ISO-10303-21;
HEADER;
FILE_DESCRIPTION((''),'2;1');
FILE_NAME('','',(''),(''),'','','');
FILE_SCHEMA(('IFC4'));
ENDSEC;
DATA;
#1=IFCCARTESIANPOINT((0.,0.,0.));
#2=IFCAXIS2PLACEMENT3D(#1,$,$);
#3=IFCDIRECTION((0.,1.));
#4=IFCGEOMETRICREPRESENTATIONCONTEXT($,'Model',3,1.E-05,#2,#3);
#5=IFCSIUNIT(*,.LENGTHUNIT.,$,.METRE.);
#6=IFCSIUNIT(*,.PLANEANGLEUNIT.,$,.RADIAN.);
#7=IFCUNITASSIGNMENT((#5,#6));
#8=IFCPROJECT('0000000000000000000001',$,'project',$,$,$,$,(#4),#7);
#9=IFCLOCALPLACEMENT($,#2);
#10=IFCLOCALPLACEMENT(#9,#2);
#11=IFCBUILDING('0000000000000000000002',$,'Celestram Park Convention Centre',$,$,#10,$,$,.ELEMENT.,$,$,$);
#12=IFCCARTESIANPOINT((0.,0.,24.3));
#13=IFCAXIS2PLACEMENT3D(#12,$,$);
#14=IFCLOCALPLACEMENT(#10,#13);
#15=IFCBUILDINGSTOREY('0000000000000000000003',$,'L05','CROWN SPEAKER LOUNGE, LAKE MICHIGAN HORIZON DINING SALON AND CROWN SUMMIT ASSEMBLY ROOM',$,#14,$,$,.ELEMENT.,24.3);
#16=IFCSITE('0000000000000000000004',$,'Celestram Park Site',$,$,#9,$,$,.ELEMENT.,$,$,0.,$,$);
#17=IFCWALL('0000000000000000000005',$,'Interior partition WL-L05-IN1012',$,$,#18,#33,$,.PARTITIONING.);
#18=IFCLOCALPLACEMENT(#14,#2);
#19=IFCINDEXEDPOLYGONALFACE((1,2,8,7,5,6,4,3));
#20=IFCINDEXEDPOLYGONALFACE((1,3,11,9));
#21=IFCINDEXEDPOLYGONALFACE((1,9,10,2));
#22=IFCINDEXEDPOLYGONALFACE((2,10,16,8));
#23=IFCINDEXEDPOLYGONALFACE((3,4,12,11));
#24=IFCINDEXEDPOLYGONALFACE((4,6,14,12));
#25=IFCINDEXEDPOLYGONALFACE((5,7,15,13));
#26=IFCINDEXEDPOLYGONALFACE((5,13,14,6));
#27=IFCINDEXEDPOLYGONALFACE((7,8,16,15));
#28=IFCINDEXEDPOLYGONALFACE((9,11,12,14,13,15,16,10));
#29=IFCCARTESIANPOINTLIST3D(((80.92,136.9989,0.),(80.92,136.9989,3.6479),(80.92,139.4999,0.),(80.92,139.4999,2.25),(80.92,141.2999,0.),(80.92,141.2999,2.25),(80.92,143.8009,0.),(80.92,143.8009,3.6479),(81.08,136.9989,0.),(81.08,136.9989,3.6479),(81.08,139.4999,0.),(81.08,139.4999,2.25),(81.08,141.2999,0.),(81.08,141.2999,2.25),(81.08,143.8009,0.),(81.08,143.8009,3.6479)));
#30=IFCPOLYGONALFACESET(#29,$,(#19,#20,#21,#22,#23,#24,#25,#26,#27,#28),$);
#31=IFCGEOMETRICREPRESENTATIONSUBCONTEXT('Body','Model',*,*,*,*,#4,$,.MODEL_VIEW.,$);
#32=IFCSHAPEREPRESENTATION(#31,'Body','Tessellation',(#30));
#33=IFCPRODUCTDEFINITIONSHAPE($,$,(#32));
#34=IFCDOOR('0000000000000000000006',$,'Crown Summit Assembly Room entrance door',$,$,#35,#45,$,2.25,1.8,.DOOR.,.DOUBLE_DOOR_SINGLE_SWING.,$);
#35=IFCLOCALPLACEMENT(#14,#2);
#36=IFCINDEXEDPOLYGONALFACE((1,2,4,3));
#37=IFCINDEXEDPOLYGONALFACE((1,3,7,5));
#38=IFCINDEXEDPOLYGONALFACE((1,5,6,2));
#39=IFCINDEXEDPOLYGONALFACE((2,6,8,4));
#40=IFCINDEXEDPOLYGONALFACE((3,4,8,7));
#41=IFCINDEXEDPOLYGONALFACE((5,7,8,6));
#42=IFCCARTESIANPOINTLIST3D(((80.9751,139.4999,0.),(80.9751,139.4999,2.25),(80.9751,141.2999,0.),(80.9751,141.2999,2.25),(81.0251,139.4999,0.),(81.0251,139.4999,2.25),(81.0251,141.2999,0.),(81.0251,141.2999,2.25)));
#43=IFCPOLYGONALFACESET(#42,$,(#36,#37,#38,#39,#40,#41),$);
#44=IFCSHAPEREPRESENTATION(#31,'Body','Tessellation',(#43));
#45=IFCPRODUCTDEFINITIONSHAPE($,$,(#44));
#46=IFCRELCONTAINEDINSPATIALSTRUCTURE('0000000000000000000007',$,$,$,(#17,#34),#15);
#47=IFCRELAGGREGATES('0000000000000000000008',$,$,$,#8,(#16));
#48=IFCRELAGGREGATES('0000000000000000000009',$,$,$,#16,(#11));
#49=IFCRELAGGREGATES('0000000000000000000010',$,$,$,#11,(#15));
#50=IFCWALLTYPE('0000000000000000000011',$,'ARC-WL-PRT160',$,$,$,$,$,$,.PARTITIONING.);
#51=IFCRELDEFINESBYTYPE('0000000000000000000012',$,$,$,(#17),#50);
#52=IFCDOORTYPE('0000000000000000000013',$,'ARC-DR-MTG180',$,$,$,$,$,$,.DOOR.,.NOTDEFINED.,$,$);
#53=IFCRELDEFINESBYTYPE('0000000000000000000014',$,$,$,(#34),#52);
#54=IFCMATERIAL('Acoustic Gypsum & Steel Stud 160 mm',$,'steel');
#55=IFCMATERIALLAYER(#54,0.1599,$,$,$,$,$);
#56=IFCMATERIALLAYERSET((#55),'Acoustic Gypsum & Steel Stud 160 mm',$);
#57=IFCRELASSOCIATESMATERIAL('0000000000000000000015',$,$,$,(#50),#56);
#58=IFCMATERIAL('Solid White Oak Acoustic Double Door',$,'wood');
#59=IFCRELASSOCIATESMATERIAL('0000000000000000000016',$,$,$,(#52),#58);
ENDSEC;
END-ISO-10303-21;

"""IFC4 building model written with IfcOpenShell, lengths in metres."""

from ifc_helpers import new_model, si_unit, direction, frame, frame_2d, origin, place, context, subcontext, project, spatial, rectangle, extrude, material, layer, layer_set, type_object, element, fill, save


model = new_model("IFC4")

# Units and contexts
model_context = context("Model", 3, precision=1e-05, world=origin(), true_north=direction((0.0, 1.0)))
body_context = subcontext(model_context, "Body", "Model", "MODEL_VIEW")
ifc_project = project(units=[si_unit("LENGTHUNIT", "METRE"), si_unit("PLANEANGLEUNIT", "RADIAN")], contexts=[model_context])

# Site, building, storey
site_placement = place(None, origin())
site = spatial("IfcSite", under=ifc_project, at=site_placement, Name="Celestram Park Site", CompositionType="ELEMENT", RefElevation=0.0)
building_placement = place(site_placement, origin())
building = spatial("IfcBuilding", under=site, at=building_placement, Name="Celestram Park Convention Centre", CompositionType="ELEMENT")
storey_placement = place(building_placement, frame((0.0, 0.0, 24.3)))
storey = spatial("IfcBuildingStorey", under=building, at=storey_placement, Name="L05", Description="CROWN SPEAKER LOUNGE, LAKE MICHIGAN HORIZON DINING SALON AND CROWN SUMMIT ASSEMBLY ROOM", CompositionType="ELEMENT", Elevation=24.3)

# Shared definitions
ifc_material_1 = material(Name="Acoustic Gypsum & Steel Stud 160 mm", Category="steel")
ifc_layer_1 = layer(ifc_material_1, 0.1599)
ifc_layer_set_1 = layer_set([ifc_layer_1], Name="Acoustic Gypsum & Steel Stud 160 mm")
wall_type_1 = type_object("IfcWallType", Name="ARC-WL-PRT160", PredefinedType="PARTITIONING", material=ifc_layer_set_1)

# Wall, opening, door
wall_1_placement = place(storey_placement, frame((81.0, 136.999, 0.0), z_axis=(0.0, 0.0, 1.0), x_axis=(0.0, 1.0, 0.0)))
wall_1 = element("IfcWall", 1, at=wall_1_placement, inside=storey, type_object=wall_type_1, Name="Interior partition WL-L05-IN1012", PredefinedType="PARTITIONING", context=body_context, shape_type="SweptSolid", body=[
    extrude(rectangle(XDim=6.802, YDim=0.1599, at=frame_2d((3.4009, 0.0))), origin(), (0.0, 0.0, 1.0), 3.6479),
])
opening_1_placement = place(wall_1_placement, frame((2.501, 0.0, 0.0)))
opening_1 = element("IfcOpeningElement", 2, at=opening_1_placement, cuts=wall_1, PredefinedType="OPENING", context=body_context, shape_type="SweptSolid", body=[
    extrude(rectangle(XDim=1.8, YDim=2.25, at=frame_2d((0.8999, 1.125))), frame((0.0, 0.0898, 0.0), z_axis=(0.0, -1.0, 0.0), x_axis=(1.0, 0.0, 0.0)), (0.0, 0.0, 1.0), 0.1799),
])
ifc_material_2 = material(Name="Solid White Oak Acoustic Double Door", Category="wood")
door_type_1 = type_object("IfcDoorType", Name="ARC-DR-MTG180", OperationType="NOTDEFINED", PredefinedType="DOOR", material=ifc_material_2)
door_1_placement = place(opening_1_placement, origin())
door_1 = element("IfcDoor", 3, at=door_1_placement, inside=storey, type_object=door_type_1, Name="Crown Summit Assembly Room entrance door", OperationType="DOUBLE_DOOR_SINGLE_SWING", OverallHeight=2.25, OverallWidth=1.8, PredefinedType="DOOR", context=body_context, shape_type="SweptSolid", body=[
    extrude(rectangle(XDim=1.8, YDim=2.25, at=frame_2d((0.8999, 1.125))), frame((0.0, 0.0249, 0.0), z_axis=(0.0, -1.0, 0.0), x_axis=(1.0, 0.0, 0.0)), (0.0, 0.0, 1.0), 0.05),
])
fill(opening_1, door_1)

save(model, "model.ifc")
